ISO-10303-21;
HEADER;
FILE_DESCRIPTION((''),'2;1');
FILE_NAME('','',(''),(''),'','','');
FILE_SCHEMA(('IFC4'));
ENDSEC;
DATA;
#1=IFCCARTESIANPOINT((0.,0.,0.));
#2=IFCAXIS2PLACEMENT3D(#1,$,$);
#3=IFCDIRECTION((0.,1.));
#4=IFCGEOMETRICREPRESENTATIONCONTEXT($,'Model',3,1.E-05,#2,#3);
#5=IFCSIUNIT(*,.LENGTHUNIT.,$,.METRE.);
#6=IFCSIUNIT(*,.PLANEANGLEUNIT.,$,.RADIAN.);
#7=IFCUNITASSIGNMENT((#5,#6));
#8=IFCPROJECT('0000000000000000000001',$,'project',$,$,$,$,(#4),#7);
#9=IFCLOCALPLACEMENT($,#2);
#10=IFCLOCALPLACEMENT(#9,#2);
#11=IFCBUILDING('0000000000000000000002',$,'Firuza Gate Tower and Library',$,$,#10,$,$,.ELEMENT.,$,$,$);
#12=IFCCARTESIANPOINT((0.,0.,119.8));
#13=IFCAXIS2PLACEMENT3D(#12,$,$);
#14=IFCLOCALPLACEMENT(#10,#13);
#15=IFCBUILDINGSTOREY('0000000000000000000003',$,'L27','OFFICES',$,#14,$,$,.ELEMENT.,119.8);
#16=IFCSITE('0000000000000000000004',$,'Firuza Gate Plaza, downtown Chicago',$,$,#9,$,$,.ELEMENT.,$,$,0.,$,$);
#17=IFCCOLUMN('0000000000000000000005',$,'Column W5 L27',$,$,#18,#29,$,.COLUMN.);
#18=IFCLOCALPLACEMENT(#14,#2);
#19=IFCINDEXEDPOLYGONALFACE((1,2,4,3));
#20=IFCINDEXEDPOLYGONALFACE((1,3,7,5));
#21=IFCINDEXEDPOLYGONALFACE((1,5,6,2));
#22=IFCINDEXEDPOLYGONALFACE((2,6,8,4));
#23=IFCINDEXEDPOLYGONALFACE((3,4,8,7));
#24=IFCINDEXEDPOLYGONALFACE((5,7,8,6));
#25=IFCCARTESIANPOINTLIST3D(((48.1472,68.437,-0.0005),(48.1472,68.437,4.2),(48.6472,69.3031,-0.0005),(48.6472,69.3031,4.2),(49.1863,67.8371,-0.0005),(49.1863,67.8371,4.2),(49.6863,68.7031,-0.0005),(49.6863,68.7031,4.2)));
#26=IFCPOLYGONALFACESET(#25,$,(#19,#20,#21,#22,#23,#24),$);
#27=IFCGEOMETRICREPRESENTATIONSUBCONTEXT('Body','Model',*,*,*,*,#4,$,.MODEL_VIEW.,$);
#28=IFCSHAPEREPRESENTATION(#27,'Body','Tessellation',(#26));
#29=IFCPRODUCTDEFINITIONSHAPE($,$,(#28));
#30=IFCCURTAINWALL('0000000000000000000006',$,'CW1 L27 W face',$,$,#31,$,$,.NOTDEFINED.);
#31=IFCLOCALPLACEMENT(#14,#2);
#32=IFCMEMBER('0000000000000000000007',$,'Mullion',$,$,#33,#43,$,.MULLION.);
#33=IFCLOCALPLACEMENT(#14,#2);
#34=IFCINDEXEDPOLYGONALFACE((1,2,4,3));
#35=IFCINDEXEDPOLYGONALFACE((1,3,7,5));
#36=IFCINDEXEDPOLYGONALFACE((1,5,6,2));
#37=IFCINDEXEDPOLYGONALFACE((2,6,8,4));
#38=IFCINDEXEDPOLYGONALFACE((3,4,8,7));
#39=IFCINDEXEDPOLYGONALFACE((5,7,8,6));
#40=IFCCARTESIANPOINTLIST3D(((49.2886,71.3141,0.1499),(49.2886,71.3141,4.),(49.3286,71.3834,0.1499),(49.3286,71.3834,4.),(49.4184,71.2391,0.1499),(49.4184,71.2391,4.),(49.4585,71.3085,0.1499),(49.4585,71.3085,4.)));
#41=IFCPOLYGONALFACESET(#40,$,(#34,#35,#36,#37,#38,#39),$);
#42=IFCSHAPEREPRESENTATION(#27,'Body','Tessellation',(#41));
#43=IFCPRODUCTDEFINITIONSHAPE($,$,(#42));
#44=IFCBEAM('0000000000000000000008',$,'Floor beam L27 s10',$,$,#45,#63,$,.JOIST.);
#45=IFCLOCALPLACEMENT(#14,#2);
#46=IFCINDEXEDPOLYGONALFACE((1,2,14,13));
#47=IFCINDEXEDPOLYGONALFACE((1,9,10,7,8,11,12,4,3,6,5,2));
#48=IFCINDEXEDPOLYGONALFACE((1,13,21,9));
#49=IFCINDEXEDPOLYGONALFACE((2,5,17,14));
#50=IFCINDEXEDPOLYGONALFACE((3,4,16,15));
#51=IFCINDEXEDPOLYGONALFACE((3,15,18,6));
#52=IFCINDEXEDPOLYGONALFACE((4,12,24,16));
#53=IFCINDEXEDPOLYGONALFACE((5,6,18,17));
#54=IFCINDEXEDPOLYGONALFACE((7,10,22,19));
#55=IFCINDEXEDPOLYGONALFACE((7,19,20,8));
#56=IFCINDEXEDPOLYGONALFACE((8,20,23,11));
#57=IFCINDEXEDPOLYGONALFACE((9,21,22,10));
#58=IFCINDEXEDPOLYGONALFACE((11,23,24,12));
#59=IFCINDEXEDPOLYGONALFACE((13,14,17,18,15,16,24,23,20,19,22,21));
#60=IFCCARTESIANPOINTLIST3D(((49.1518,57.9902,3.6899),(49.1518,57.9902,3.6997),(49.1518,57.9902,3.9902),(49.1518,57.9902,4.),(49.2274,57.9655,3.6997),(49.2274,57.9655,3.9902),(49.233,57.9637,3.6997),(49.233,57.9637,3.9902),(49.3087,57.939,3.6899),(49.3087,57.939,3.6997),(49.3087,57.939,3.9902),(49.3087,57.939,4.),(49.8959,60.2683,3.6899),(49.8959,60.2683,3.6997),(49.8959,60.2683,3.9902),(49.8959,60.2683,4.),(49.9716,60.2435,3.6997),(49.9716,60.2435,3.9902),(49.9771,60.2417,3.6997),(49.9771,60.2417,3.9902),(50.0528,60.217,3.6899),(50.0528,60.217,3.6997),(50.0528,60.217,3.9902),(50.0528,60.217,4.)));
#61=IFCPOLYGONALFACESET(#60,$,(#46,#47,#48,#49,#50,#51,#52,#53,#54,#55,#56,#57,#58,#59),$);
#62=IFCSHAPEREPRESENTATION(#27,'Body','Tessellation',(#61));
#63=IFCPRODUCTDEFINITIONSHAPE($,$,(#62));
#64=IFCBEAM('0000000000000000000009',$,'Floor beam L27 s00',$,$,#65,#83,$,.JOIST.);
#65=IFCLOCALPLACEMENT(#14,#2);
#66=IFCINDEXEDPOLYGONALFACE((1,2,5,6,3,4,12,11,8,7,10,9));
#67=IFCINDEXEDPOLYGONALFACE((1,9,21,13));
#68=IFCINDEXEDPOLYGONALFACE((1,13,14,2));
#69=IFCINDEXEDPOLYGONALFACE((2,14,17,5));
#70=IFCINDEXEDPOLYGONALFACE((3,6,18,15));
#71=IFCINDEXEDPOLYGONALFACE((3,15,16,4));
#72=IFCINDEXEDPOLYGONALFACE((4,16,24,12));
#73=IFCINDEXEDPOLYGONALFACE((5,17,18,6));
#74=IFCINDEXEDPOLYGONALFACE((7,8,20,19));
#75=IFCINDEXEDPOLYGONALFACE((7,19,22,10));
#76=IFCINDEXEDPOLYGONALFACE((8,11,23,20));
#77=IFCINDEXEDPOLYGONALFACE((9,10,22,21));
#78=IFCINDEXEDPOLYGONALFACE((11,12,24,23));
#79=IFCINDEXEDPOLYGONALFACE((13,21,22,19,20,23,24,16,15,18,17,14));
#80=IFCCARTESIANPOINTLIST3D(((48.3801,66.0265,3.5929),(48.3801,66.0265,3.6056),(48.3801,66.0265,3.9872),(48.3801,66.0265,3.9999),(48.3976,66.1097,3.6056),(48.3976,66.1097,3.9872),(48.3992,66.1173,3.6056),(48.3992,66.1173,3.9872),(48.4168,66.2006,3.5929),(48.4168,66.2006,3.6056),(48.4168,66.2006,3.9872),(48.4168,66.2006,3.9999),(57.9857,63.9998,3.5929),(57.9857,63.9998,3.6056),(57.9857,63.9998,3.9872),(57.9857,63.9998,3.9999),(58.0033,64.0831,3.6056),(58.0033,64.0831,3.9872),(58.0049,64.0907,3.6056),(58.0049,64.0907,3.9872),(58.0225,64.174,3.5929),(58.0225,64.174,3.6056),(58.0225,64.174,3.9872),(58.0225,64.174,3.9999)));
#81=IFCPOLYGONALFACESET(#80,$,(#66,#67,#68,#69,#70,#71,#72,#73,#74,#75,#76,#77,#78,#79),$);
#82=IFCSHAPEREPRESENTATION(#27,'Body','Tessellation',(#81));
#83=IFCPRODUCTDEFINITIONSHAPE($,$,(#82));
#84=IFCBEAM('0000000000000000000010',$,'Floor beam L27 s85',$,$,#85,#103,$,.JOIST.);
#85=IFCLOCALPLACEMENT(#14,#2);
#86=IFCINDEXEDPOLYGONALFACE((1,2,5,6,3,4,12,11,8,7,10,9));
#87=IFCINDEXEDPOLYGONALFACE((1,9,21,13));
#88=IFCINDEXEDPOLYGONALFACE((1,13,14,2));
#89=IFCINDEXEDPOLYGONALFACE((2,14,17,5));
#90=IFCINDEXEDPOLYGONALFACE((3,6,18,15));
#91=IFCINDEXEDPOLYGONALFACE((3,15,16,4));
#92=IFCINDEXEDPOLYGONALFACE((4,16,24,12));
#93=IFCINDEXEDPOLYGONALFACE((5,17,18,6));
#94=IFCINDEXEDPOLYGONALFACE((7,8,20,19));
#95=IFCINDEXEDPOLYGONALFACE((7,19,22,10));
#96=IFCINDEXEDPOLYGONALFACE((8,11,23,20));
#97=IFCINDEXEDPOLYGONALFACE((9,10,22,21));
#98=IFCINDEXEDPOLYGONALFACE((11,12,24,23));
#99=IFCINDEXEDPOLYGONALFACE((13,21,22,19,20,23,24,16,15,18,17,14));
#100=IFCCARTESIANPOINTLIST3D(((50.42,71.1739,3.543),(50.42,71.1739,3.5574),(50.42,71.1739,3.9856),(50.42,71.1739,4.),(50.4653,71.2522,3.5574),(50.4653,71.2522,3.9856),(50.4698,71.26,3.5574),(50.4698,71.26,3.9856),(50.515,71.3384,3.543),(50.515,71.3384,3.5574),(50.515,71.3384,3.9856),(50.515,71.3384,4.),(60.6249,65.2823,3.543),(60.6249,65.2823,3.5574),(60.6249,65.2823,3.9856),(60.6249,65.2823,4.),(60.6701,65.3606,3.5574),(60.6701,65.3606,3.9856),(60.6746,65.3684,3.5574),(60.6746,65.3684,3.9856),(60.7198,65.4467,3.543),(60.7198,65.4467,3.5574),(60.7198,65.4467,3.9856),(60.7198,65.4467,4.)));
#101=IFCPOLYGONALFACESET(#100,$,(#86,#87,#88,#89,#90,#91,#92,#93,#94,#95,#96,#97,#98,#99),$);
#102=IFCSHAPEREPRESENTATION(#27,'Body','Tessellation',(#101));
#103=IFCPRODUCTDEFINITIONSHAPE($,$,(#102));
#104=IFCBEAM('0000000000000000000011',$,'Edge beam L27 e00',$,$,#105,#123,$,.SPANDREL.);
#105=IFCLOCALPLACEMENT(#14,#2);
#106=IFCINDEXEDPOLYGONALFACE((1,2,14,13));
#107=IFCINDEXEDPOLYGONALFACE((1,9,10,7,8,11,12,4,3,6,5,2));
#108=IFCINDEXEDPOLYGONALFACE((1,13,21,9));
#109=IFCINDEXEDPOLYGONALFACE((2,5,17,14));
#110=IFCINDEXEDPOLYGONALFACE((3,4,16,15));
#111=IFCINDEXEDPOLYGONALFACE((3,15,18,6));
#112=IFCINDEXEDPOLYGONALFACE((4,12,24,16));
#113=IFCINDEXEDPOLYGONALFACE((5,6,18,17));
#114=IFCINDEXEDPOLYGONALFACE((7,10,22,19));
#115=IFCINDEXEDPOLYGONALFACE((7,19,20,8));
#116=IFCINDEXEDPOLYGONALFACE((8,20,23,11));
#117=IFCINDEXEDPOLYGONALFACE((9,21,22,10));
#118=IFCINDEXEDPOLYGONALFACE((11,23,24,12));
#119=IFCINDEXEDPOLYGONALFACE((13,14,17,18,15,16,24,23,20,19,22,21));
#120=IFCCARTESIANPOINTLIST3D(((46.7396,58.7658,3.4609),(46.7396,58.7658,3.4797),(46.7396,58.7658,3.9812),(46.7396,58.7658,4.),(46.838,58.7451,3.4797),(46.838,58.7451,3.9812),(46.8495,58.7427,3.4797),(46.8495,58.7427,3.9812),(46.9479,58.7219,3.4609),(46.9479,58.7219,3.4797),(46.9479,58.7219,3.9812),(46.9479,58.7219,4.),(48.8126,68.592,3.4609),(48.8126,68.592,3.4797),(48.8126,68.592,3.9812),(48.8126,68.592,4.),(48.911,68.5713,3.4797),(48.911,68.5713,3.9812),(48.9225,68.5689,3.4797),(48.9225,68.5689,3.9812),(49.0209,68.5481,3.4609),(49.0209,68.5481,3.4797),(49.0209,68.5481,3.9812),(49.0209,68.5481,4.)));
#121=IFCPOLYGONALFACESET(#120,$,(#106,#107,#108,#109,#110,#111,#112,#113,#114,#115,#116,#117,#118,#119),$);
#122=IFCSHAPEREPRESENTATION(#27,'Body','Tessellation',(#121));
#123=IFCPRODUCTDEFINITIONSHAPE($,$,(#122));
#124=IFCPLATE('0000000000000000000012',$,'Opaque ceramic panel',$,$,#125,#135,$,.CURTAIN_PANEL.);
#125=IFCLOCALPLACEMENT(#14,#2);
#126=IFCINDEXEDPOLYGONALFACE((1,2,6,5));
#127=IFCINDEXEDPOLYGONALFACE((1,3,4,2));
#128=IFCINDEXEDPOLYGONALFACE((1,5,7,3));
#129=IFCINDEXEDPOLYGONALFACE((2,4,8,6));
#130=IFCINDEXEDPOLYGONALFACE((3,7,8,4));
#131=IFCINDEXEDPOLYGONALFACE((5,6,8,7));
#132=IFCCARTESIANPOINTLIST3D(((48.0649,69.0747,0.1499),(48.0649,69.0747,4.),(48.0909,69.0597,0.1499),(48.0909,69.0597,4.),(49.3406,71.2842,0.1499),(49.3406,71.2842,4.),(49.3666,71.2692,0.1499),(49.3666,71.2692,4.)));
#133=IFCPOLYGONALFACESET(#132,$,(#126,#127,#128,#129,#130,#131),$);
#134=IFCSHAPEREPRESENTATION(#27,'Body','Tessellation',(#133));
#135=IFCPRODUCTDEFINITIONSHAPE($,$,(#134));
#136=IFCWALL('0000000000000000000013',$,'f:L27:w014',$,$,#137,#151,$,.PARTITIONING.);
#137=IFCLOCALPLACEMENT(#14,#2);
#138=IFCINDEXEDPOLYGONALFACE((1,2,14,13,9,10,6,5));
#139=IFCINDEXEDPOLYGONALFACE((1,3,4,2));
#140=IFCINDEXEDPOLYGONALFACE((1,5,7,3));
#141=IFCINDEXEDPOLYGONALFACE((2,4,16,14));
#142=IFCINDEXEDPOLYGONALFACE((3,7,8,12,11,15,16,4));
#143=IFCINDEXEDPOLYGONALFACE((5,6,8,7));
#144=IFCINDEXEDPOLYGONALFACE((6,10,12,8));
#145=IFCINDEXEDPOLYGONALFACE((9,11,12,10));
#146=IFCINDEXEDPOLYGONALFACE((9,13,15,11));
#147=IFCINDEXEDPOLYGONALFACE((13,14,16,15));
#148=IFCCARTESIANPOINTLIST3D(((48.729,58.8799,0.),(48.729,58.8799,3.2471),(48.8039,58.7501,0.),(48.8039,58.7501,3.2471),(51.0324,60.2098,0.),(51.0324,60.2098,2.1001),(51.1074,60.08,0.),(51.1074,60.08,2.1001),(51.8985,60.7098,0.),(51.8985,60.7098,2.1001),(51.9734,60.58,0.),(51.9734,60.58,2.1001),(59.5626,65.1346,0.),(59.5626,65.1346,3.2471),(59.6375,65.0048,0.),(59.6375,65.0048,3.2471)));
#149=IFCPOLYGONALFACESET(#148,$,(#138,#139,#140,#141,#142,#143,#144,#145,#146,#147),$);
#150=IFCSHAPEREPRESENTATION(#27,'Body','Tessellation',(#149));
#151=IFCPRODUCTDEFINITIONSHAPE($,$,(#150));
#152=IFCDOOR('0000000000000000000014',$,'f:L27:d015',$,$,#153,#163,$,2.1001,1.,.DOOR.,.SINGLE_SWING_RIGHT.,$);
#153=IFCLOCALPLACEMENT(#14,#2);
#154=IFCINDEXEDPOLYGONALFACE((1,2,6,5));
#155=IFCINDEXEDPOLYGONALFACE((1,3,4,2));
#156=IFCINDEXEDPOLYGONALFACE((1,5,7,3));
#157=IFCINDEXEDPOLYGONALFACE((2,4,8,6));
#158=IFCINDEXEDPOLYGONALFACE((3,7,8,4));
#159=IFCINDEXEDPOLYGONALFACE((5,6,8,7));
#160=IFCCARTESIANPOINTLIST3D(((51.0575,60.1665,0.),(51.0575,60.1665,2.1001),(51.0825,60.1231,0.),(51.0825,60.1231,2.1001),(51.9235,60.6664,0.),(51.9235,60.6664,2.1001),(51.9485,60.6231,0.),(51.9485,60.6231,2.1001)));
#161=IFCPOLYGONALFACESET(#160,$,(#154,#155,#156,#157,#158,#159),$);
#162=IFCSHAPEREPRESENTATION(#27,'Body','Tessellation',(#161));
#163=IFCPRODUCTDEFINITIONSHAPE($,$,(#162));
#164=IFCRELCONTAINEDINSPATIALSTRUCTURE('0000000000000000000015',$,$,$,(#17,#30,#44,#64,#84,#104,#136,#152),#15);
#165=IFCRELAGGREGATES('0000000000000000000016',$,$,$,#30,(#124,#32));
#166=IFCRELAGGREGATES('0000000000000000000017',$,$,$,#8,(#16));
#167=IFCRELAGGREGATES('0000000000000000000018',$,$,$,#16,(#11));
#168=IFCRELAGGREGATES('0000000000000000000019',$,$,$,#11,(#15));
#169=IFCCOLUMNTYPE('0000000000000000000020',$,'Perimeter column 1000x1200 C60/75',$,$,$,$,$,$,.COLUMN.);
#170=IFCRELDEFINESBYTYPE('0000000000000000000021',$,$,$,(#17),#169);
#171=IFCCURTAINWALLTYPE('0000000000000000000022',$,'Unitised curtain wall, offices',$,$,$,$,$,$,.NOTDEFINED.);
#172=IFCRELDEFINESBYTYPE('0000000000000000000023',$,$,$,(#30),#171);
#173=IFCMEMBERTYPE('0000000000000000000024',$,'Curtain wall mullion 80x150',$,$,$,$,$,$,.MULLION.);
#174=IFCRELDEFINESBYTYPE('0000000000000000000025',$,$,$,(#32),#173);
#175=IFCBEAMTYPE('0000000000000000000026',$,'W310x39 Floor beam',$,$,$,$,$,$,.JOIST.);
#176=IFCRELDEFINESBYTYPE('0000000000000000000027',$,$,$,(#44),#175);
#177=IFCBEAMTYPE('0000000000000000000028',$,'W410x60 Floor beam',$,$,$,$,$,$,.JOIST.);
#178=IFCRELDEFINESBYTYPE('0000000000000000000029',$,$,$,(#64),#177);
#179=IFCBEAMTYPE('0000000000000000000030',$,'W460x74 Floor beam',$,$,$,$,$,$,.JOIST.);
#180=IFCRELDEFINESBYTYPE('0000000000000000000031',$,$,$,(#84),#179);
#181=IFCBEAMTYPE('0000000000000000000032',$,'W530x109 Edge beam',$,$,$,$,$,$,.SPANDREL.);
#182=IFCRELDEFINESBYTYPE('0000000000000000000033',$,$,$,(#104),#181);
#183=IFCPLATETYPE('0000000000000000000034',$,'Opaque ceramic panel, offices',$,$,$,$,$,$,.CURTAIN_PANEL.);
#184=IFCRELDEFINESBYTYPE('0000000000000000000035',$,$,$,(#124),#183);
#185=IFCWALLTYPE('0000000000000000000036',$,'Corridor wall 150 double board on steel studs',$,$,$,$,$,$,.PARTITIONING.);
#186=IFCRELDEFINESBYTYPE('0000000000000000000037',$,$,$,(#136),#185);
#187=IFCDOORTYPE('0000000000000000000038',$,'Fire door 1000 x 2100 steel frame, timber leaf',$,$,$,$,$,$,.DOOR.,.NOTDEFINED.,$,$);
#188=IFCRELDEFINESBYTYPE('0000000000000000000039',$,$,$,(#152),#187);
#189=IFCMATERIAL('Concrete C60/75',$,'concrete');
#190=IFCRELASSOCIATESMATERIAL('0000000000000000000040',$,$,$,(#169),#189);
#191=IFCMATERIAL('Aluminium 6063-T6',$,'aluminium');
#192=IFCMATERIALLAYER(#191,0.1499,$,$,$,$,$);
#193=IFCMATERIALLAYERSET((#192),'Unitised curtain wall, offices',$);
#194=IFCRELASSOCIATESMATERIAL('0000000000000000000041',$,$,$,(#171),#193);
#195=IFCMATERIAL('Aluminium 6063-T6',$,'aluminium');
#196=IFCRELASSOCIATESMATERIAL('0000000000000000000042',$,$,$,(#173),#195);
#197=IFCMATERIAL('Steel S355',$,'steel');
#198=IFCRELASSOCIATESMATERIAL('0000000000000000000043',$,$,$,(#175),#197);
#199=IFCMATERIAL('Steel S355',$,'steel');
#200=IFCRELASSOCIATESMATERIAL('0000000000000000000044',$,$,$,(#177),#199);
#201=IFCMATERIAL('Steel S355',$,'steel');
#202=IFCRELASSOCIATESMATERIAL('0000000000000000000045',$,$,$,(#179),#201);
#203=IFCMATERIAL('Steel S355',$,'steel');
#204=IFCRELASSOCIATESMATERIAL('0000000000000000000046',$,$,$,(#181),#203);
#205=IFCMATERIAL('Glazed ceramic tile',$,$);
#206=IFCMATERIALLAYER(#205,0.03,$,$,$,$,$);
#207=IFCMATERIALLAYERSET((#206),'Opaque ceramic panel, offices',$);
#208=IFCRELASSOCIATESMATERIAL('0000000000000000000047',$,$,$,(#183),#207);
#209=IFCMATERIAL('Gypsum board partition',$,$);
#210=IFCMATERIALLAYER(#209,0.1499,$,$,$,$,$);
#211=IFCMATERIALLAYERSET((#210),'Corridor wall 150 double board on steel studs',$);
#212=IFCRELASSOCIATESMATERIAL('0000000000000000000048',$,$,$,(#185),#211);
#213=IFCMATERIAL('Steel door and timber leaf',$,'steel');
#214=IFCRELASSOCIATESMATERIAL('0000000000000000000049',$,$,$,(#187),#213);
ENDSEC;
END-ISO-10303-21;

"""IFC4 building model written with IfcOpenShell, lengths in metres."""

from ifc_helpers import new_model, si_unit, direction, frame, frame_2d, origin, origin_2d, place, context, subcontext, project, spatial, polyline, rectangle, i_section, outline, extrude, material, layer, layer_set, material_profile, profile_set, type_object, element, fill, aggregate, save


model = new_model("IFC4")

# Units and contexts
model_context = context("Model", 3, precision=1e-05, world=origin(), true_north=direction((0.0, 1.0)))
body_context = subcontext(model_context, "Body", "Model", "MODEL_VIEW")
ifc_project = project(units=[si_unit("LENGTHUNIT", "METRE"), si_unit("PLANEANGLEUNIT", "RADIAN")], contexts=[model_context])

# Site, building, storey
site_placement = place(None, origin())
site = spatial("IfcSite", under=ifc_project, at=site_placement, Name="Firuza Gate Plaza, downtown Chicago", CompositionType="ELEMENT", RefElevation=0.0)
building_placement = place(site_placement, origin())
building = spatial("IfcBuilding", under=site, at=building_placement, Name="Firuza Gate Tower and Library", CompositionType="ELEMENT")
storey_placement = place(building_placement, frame((0.0, 0.0, 119.8)))
storey = spatial("IfcBuildingStorey", under=building, at=storey_placement, Name="L27", Description="OFFICES", CompositionType="ELEMENT", Elevation=119.8)

# Column
ifc_material_1 = material(Name="Concrete C60/75", Category="concrete")
ifc_material_profile_1 = material_profile(ifc_material_1, rectangle(XDim=1.0, YDim=1.2, at=origin_2d()))
ifc_profile_set_1 = profile_set([ifc_material_profile_1], Name="Concrete C60/75")
column_type = type_object("IfcColumnType", Name="Perimeter column 1000x1200 C60/75", PredefinedType="COLUMN", material=ifc_profile_set_1)
column_placement = place(storey_placement, frame((48.9167, 68.5701, -0.0005), z_axis=(0.0, 0.0, 1.0), x_axis=(-0.5, -0.866025, 0.0)))
element("IfcColumn", 1, at=column_placement, inside=storey, type_object=column_type, Name="Column W5 L27", PredefinedType="COLUMN", context=body_context, shape_type="SweptSolid", body=[
    extrude(rectangle(XDim=1.0, YDim=1.2, at=origin_2d()), origin(), (0.0, 0.0, 1.0), 4.2004),
])

# Curtain wall, member
ifc_material_2 = material(Name="Aluminium 6063-T6", Category="aluminium")
ifc_layer_1 = layer(ifc_material_2, 0.1499)
ifc_layer_set_1 = layer_set([ifc_layer_1], Name="Unitised curtain wall, offices")
curtain_wall_type = type_object("IfcCurtainWallType", Name="Unitised curtain wall, offices", PredefinedType="NOTDEFINED", material=ifc_layer_set_1)
curtain_wall_placement = place(storey_placement, origin())
curtain_wall = element("IfcCurtainWall", 2, at=curtain_wall_placement, inside=storey, type_object=curtain_wall_type, Name="CW1 L27 W face", PredefinedType="NOTDEFINED")
ifc_material_3 = material(Name="Aluminium 6063-T6", Category="aluminium")
ifc_material_profile_2 = material_profile(ifc_material_3, rectangle(XDim=0.1499, YDim=0.0801, at=origin_2d()))
ifc_profile_set_2 = profile_set([ifc_material_profile_2], Name="Aluminium 6063-T6")
member_type = type_object("IfcMemberType", Name="Curtain wall mullion 80x150", PredefinedType="MULLION", material=ifc_profile_set_2)
member_placement = place(storey_placement, frame((49.3735, 71.3113, 0.1499), z_axis=(0.0, 0.0, 1.0), x_axis=(0.866025, -0.5, 0.0)))
member = element("IfcMember", 3, at=member_placement, type_object=member_type, Name="Mullion", PredefinedType="MULLION", context=body_context, shape_type="SweptSolid", body=[
    extrude(rectangle(XDim=0.1499, YDim=0.0801, at=origin_2d()), origin(), (0.0, 0.0, 1.0), 3.8501),
])

# Beams
ifc_material_4 = material(Name="Steel S355", Category="steel")
ifc_material_profile_3 = material_profile(ifc_material_4, i_section(OverallWidth=0.165, OverallDepth=0.3101, WebThickness=0.0059, FlangeThickness=0.0098, at=origin_2d()))
ifc_profile_set_3 = profile_set([ifc_material_profile_3], Name="Steel S355")
beam_type_1 = type_object("IfcBeamType", Name="W310x39 Floor beam", PredefinedType="JOIST", material=ifc_profile_set_3)
beam_1_placement = place(storey_placement, frame((49.2302, 57.9646, 3.845), z_axis=(0.310507, 0.950571, 0.0), x_axis=(-0.950571, 0.310507, 0.0)))
element("IfcBeam", 4, at=beam_1_placement, inside=storey, type_object=beam_type_1, Name="Floor beam L27 s10", PredefinedType="JOIST", context=body_context, shape_type="SweptSolid", body=[
    extrude(i_section(OverallWidth=0.165, OverallDepth=0.3101, WebThickness=0.0059, FlangeThickness=0.0098, at=origin_2d()), origin(), (0.0, 0.0, 1.0), 2.3965),
])
ifc_material_5 = material(Name="Steel S355", Category="steel")
ifc_material_profile_4 = material_profile(ifc_material_5, i_section(OverallWidth=0.178, OverallDepth=0.407, WebThickness=0.0078, FlangeThickness=0.0127, at=origin_2d()))
ifc_profile_set_4 = profile_set([ifc_material_profile_4], Name="Steel S355")
beam_type_2 = type_object("IfcBeamType", Name="W410x60 Floor beam", PredefinedType="JOIST", material=ifc_profile_set_4)
beam_2_placement = place(storey_placement, frame((48.3984, 66.1135, 3.7964), z_axis=(0.97846, -0.206435, 0.0), x_axis=(0.206435, 0.97846, 0.0)))
element("IfcBeam", 5, at=beam_2_placement, inside=storey, type_object=beam_type_2, Name="Floor beam L27 s00", PredefinedType="JOIST", context=body_context, shape_type="SweptSolid", body=[
    extrude(i_section(OverallWidth=0.178, OverallDepth=0.407, WebThickness=0.0078, FlangeThickness=0.0127, at=origin_2d()), origin(), (0.0, 0.0, 1.0), 9.8171),
])
ifc_material_6 = material(Name="Steel S355", Category="steel")
ifc_material_profile_5 = material_profile(ifc_material_6, i_section(OverallWidth=0.1899, OverallDepth=0.457, WebThickness=0.009, FlangeThickness=0.0144, at=origin_2d()))
ifc_profile_set_5 = profile_set([ifc_material_profile_5], Name="Steel S355")
beam_type_3 = type_object("IfcBeamType", Name="W460x74 Floor beam", PredefinedType="JOIST", material=ifc_profile_set_5)
beam_3_placement = place(storey_placement, frame((50.4675, 71.2561, 3.7715), z_axis=(0.866031, -0.49999, 0.0), x_axis=(0.49999, 0.866031, 0.0)))
element("IfcBeam", 6, at=beam_3_placement, inside=storey, type_object=beam_type_3, Name="Floor beam L27 s85", PredefinedType="JOIST", context=body_context, shape_type="SweptSolid", body=[
    extrude(i_section(OverallWidth=0.1899, OverallDepth=0.457, WebThickness=0.009, FlangeThickness=0.0144, at=origin_2d()), origin(), (0.0, 0.0, 1.0), 11.7834),
])
ifc_material_7 = material(Name="Steel S355", Category="steel")
ifc_material_profile_6 = material_profile(ifc_material_7, i_section(OverallWidth=0.2129, OverallDepth=0.5391, WebThickness=0.0117, FlangeThickness=0.0188, at=origin_2d()))
ifc_profile_set_6 = profile_set([ifc_material_profile_6], Name="Steel S355")
beam_type_4 = type_object("IfcBeamType", Name="W530x109 Edge beam", PredefinedType="SPANDREL", material=ifc_profile_set_6)
beam_4_placement = place(storey_placement, frame((48.9167, 68.5701, 3.7305), z_axis=(-0.206423, -0.978463, 0.0), x_axis=(0.978463, -0.206423, 0.0)))
element("IfcBeam", 7, at=beam_4_placement, inside=storey, type_object=beam_type_4, Name="Edge beam L27 e00", PredefinedType="SPANDREL", context=body_context, shape_type="SweptSolid", body=[
    extrude(i_section(OverallWidth=0.2129, OverallDepth=0.5391, WebThickness=0.0117, FlangeThickness=0.0188, at=origin_2d()), origin(), (0.0, 0.0, 1.0), 10.0425),
])

# Plate
ifc_material_8 = material(Name="Glazed ceramic tile")
ifc_layer_2 = layer(ifc_material_8, 0.03)
ifc_layer_set_2 = layer_set([ifc_layer_2], Name="Opaque ceramic panel, offices")
plate_type = type_object("IfcPlateType", Name="Opaque ceramic panel, offices", PredefinedType="CURTAIN_PANEL", material=ifc_layer_set_2)
plate_placement = place(storey_placement, frame((49.3406, 71.2842, 0.1499), z_axis=(-0.866026, 0.499999, 0.0), x_axis=(-0.499999, -0.866026, 0.0)))
plate = element("IfcPlate", 8, at=plate_placement, type_object=plate_type, Name="Opaque ceramic panel", PredefinedType="CURTAIN_PANEL", context=body_context, shape_type="SweptSolid", body=[
    extrude(outline(polyline([(0.0, 0.0), (2.5513, 0.0), (2.5513, 3.8501), (0.0, 3.8501), (0.0, 0.0)])), origin(), (0.0, 0.0, -1.0), 0.03),
])
aggregate(curtain_wall, [plate, member])

# Wall, opening, door
ifc_material_9 = material(Name="Gypsum board partition")
ifc_layer_3 = layer(ifc_material_9, 0.1499)
ifc_layer_set_3 = layer_set([ifc_layer_3], Name="Corridor wall 150 double board on steel studs")
wall_type_1 = type_object("IfcWallType", Name="Corridor wall 150 double board on steel studs", PredefinedType="PARTITIONING", material=ifc_layer_set_3)
wall_1_placement = place(storey_placement, frame((48.7664, 58.8149, 0.0), z_axis=(0.0, 0.0, 1.0), x_axis=(0.866028, 0.499995, 0.0)))
wall_1 = element("IfcWall", 9, at=wall_1_placement, inside=storey, type_object=wall_type_1, Name="f:L27:w014", PredefinedType="PARTITIONING", context=body_context, shape_type="SweptSolid", body=[
    extrude(rectangle(XDim=12.5095, YDim=0.1499, at=frame_2d((6.2549, 0.0))), origin(), (0.0, 0.0, 1.0), 3.2471),
])
opening_1_placement = place(wall_1_placement, frame((2.6599, 0.0, 0.0)))
opening_1 = element("IfcOpeningElement", 10, at=opening_1_placement, cuts=wall_1, PredefinedType="OPENING", context=body_context, shape_type="SweptSolid", body=[
    extrude(rectangle(XDim=1.0, YDim=2.1001, at=frame_2d((0.5, 1.05))), frame((0.0, 0.085, 0.0), z_axis=(0.0, -1.0, 0.0), x_axis=(1.0, 0.0, 0.0)), (0.0, 0.0, 1.0), 0.1699),
])
ifc_material_10 = material(Name="Steel door and timber leaf", Category="steel")
door_type_1 = type_object("IfcDoorType", Name="Fire door 1000 x 2100 steel frame, timber leaf", OperationType="NOTDEFINED", PredefinedType="DOOR", material=ifc_material_10)
door_1_placement = place(opening_1_placement, origin())
door_1 = element("IfcDoor", 11, at=door_1_placement, inside=storey, type_object=door_type_1, Name="f:L27:d015", OperationType="SINGLE_SWING_RIGHT", OverallHeight=2.1001, OverallWidth=1.0, PredefinedType="DOOR", context=body_context, shape_type="SweptSolid", body=[
    extrude(rectangle(XDim=1.0, YDim=2.1001, at=frame_2d((0.5, 1.05))), frame((0.0, 0.0249, 0.0), z_axis=(0.0, -1.0, 0.0), x_axis=(1.0, 0.0, 0.0)), (0.0, 0.0, 1.0), 0.05),
])
fill(opening_1, door_1)

save(model, "model.ifc")
